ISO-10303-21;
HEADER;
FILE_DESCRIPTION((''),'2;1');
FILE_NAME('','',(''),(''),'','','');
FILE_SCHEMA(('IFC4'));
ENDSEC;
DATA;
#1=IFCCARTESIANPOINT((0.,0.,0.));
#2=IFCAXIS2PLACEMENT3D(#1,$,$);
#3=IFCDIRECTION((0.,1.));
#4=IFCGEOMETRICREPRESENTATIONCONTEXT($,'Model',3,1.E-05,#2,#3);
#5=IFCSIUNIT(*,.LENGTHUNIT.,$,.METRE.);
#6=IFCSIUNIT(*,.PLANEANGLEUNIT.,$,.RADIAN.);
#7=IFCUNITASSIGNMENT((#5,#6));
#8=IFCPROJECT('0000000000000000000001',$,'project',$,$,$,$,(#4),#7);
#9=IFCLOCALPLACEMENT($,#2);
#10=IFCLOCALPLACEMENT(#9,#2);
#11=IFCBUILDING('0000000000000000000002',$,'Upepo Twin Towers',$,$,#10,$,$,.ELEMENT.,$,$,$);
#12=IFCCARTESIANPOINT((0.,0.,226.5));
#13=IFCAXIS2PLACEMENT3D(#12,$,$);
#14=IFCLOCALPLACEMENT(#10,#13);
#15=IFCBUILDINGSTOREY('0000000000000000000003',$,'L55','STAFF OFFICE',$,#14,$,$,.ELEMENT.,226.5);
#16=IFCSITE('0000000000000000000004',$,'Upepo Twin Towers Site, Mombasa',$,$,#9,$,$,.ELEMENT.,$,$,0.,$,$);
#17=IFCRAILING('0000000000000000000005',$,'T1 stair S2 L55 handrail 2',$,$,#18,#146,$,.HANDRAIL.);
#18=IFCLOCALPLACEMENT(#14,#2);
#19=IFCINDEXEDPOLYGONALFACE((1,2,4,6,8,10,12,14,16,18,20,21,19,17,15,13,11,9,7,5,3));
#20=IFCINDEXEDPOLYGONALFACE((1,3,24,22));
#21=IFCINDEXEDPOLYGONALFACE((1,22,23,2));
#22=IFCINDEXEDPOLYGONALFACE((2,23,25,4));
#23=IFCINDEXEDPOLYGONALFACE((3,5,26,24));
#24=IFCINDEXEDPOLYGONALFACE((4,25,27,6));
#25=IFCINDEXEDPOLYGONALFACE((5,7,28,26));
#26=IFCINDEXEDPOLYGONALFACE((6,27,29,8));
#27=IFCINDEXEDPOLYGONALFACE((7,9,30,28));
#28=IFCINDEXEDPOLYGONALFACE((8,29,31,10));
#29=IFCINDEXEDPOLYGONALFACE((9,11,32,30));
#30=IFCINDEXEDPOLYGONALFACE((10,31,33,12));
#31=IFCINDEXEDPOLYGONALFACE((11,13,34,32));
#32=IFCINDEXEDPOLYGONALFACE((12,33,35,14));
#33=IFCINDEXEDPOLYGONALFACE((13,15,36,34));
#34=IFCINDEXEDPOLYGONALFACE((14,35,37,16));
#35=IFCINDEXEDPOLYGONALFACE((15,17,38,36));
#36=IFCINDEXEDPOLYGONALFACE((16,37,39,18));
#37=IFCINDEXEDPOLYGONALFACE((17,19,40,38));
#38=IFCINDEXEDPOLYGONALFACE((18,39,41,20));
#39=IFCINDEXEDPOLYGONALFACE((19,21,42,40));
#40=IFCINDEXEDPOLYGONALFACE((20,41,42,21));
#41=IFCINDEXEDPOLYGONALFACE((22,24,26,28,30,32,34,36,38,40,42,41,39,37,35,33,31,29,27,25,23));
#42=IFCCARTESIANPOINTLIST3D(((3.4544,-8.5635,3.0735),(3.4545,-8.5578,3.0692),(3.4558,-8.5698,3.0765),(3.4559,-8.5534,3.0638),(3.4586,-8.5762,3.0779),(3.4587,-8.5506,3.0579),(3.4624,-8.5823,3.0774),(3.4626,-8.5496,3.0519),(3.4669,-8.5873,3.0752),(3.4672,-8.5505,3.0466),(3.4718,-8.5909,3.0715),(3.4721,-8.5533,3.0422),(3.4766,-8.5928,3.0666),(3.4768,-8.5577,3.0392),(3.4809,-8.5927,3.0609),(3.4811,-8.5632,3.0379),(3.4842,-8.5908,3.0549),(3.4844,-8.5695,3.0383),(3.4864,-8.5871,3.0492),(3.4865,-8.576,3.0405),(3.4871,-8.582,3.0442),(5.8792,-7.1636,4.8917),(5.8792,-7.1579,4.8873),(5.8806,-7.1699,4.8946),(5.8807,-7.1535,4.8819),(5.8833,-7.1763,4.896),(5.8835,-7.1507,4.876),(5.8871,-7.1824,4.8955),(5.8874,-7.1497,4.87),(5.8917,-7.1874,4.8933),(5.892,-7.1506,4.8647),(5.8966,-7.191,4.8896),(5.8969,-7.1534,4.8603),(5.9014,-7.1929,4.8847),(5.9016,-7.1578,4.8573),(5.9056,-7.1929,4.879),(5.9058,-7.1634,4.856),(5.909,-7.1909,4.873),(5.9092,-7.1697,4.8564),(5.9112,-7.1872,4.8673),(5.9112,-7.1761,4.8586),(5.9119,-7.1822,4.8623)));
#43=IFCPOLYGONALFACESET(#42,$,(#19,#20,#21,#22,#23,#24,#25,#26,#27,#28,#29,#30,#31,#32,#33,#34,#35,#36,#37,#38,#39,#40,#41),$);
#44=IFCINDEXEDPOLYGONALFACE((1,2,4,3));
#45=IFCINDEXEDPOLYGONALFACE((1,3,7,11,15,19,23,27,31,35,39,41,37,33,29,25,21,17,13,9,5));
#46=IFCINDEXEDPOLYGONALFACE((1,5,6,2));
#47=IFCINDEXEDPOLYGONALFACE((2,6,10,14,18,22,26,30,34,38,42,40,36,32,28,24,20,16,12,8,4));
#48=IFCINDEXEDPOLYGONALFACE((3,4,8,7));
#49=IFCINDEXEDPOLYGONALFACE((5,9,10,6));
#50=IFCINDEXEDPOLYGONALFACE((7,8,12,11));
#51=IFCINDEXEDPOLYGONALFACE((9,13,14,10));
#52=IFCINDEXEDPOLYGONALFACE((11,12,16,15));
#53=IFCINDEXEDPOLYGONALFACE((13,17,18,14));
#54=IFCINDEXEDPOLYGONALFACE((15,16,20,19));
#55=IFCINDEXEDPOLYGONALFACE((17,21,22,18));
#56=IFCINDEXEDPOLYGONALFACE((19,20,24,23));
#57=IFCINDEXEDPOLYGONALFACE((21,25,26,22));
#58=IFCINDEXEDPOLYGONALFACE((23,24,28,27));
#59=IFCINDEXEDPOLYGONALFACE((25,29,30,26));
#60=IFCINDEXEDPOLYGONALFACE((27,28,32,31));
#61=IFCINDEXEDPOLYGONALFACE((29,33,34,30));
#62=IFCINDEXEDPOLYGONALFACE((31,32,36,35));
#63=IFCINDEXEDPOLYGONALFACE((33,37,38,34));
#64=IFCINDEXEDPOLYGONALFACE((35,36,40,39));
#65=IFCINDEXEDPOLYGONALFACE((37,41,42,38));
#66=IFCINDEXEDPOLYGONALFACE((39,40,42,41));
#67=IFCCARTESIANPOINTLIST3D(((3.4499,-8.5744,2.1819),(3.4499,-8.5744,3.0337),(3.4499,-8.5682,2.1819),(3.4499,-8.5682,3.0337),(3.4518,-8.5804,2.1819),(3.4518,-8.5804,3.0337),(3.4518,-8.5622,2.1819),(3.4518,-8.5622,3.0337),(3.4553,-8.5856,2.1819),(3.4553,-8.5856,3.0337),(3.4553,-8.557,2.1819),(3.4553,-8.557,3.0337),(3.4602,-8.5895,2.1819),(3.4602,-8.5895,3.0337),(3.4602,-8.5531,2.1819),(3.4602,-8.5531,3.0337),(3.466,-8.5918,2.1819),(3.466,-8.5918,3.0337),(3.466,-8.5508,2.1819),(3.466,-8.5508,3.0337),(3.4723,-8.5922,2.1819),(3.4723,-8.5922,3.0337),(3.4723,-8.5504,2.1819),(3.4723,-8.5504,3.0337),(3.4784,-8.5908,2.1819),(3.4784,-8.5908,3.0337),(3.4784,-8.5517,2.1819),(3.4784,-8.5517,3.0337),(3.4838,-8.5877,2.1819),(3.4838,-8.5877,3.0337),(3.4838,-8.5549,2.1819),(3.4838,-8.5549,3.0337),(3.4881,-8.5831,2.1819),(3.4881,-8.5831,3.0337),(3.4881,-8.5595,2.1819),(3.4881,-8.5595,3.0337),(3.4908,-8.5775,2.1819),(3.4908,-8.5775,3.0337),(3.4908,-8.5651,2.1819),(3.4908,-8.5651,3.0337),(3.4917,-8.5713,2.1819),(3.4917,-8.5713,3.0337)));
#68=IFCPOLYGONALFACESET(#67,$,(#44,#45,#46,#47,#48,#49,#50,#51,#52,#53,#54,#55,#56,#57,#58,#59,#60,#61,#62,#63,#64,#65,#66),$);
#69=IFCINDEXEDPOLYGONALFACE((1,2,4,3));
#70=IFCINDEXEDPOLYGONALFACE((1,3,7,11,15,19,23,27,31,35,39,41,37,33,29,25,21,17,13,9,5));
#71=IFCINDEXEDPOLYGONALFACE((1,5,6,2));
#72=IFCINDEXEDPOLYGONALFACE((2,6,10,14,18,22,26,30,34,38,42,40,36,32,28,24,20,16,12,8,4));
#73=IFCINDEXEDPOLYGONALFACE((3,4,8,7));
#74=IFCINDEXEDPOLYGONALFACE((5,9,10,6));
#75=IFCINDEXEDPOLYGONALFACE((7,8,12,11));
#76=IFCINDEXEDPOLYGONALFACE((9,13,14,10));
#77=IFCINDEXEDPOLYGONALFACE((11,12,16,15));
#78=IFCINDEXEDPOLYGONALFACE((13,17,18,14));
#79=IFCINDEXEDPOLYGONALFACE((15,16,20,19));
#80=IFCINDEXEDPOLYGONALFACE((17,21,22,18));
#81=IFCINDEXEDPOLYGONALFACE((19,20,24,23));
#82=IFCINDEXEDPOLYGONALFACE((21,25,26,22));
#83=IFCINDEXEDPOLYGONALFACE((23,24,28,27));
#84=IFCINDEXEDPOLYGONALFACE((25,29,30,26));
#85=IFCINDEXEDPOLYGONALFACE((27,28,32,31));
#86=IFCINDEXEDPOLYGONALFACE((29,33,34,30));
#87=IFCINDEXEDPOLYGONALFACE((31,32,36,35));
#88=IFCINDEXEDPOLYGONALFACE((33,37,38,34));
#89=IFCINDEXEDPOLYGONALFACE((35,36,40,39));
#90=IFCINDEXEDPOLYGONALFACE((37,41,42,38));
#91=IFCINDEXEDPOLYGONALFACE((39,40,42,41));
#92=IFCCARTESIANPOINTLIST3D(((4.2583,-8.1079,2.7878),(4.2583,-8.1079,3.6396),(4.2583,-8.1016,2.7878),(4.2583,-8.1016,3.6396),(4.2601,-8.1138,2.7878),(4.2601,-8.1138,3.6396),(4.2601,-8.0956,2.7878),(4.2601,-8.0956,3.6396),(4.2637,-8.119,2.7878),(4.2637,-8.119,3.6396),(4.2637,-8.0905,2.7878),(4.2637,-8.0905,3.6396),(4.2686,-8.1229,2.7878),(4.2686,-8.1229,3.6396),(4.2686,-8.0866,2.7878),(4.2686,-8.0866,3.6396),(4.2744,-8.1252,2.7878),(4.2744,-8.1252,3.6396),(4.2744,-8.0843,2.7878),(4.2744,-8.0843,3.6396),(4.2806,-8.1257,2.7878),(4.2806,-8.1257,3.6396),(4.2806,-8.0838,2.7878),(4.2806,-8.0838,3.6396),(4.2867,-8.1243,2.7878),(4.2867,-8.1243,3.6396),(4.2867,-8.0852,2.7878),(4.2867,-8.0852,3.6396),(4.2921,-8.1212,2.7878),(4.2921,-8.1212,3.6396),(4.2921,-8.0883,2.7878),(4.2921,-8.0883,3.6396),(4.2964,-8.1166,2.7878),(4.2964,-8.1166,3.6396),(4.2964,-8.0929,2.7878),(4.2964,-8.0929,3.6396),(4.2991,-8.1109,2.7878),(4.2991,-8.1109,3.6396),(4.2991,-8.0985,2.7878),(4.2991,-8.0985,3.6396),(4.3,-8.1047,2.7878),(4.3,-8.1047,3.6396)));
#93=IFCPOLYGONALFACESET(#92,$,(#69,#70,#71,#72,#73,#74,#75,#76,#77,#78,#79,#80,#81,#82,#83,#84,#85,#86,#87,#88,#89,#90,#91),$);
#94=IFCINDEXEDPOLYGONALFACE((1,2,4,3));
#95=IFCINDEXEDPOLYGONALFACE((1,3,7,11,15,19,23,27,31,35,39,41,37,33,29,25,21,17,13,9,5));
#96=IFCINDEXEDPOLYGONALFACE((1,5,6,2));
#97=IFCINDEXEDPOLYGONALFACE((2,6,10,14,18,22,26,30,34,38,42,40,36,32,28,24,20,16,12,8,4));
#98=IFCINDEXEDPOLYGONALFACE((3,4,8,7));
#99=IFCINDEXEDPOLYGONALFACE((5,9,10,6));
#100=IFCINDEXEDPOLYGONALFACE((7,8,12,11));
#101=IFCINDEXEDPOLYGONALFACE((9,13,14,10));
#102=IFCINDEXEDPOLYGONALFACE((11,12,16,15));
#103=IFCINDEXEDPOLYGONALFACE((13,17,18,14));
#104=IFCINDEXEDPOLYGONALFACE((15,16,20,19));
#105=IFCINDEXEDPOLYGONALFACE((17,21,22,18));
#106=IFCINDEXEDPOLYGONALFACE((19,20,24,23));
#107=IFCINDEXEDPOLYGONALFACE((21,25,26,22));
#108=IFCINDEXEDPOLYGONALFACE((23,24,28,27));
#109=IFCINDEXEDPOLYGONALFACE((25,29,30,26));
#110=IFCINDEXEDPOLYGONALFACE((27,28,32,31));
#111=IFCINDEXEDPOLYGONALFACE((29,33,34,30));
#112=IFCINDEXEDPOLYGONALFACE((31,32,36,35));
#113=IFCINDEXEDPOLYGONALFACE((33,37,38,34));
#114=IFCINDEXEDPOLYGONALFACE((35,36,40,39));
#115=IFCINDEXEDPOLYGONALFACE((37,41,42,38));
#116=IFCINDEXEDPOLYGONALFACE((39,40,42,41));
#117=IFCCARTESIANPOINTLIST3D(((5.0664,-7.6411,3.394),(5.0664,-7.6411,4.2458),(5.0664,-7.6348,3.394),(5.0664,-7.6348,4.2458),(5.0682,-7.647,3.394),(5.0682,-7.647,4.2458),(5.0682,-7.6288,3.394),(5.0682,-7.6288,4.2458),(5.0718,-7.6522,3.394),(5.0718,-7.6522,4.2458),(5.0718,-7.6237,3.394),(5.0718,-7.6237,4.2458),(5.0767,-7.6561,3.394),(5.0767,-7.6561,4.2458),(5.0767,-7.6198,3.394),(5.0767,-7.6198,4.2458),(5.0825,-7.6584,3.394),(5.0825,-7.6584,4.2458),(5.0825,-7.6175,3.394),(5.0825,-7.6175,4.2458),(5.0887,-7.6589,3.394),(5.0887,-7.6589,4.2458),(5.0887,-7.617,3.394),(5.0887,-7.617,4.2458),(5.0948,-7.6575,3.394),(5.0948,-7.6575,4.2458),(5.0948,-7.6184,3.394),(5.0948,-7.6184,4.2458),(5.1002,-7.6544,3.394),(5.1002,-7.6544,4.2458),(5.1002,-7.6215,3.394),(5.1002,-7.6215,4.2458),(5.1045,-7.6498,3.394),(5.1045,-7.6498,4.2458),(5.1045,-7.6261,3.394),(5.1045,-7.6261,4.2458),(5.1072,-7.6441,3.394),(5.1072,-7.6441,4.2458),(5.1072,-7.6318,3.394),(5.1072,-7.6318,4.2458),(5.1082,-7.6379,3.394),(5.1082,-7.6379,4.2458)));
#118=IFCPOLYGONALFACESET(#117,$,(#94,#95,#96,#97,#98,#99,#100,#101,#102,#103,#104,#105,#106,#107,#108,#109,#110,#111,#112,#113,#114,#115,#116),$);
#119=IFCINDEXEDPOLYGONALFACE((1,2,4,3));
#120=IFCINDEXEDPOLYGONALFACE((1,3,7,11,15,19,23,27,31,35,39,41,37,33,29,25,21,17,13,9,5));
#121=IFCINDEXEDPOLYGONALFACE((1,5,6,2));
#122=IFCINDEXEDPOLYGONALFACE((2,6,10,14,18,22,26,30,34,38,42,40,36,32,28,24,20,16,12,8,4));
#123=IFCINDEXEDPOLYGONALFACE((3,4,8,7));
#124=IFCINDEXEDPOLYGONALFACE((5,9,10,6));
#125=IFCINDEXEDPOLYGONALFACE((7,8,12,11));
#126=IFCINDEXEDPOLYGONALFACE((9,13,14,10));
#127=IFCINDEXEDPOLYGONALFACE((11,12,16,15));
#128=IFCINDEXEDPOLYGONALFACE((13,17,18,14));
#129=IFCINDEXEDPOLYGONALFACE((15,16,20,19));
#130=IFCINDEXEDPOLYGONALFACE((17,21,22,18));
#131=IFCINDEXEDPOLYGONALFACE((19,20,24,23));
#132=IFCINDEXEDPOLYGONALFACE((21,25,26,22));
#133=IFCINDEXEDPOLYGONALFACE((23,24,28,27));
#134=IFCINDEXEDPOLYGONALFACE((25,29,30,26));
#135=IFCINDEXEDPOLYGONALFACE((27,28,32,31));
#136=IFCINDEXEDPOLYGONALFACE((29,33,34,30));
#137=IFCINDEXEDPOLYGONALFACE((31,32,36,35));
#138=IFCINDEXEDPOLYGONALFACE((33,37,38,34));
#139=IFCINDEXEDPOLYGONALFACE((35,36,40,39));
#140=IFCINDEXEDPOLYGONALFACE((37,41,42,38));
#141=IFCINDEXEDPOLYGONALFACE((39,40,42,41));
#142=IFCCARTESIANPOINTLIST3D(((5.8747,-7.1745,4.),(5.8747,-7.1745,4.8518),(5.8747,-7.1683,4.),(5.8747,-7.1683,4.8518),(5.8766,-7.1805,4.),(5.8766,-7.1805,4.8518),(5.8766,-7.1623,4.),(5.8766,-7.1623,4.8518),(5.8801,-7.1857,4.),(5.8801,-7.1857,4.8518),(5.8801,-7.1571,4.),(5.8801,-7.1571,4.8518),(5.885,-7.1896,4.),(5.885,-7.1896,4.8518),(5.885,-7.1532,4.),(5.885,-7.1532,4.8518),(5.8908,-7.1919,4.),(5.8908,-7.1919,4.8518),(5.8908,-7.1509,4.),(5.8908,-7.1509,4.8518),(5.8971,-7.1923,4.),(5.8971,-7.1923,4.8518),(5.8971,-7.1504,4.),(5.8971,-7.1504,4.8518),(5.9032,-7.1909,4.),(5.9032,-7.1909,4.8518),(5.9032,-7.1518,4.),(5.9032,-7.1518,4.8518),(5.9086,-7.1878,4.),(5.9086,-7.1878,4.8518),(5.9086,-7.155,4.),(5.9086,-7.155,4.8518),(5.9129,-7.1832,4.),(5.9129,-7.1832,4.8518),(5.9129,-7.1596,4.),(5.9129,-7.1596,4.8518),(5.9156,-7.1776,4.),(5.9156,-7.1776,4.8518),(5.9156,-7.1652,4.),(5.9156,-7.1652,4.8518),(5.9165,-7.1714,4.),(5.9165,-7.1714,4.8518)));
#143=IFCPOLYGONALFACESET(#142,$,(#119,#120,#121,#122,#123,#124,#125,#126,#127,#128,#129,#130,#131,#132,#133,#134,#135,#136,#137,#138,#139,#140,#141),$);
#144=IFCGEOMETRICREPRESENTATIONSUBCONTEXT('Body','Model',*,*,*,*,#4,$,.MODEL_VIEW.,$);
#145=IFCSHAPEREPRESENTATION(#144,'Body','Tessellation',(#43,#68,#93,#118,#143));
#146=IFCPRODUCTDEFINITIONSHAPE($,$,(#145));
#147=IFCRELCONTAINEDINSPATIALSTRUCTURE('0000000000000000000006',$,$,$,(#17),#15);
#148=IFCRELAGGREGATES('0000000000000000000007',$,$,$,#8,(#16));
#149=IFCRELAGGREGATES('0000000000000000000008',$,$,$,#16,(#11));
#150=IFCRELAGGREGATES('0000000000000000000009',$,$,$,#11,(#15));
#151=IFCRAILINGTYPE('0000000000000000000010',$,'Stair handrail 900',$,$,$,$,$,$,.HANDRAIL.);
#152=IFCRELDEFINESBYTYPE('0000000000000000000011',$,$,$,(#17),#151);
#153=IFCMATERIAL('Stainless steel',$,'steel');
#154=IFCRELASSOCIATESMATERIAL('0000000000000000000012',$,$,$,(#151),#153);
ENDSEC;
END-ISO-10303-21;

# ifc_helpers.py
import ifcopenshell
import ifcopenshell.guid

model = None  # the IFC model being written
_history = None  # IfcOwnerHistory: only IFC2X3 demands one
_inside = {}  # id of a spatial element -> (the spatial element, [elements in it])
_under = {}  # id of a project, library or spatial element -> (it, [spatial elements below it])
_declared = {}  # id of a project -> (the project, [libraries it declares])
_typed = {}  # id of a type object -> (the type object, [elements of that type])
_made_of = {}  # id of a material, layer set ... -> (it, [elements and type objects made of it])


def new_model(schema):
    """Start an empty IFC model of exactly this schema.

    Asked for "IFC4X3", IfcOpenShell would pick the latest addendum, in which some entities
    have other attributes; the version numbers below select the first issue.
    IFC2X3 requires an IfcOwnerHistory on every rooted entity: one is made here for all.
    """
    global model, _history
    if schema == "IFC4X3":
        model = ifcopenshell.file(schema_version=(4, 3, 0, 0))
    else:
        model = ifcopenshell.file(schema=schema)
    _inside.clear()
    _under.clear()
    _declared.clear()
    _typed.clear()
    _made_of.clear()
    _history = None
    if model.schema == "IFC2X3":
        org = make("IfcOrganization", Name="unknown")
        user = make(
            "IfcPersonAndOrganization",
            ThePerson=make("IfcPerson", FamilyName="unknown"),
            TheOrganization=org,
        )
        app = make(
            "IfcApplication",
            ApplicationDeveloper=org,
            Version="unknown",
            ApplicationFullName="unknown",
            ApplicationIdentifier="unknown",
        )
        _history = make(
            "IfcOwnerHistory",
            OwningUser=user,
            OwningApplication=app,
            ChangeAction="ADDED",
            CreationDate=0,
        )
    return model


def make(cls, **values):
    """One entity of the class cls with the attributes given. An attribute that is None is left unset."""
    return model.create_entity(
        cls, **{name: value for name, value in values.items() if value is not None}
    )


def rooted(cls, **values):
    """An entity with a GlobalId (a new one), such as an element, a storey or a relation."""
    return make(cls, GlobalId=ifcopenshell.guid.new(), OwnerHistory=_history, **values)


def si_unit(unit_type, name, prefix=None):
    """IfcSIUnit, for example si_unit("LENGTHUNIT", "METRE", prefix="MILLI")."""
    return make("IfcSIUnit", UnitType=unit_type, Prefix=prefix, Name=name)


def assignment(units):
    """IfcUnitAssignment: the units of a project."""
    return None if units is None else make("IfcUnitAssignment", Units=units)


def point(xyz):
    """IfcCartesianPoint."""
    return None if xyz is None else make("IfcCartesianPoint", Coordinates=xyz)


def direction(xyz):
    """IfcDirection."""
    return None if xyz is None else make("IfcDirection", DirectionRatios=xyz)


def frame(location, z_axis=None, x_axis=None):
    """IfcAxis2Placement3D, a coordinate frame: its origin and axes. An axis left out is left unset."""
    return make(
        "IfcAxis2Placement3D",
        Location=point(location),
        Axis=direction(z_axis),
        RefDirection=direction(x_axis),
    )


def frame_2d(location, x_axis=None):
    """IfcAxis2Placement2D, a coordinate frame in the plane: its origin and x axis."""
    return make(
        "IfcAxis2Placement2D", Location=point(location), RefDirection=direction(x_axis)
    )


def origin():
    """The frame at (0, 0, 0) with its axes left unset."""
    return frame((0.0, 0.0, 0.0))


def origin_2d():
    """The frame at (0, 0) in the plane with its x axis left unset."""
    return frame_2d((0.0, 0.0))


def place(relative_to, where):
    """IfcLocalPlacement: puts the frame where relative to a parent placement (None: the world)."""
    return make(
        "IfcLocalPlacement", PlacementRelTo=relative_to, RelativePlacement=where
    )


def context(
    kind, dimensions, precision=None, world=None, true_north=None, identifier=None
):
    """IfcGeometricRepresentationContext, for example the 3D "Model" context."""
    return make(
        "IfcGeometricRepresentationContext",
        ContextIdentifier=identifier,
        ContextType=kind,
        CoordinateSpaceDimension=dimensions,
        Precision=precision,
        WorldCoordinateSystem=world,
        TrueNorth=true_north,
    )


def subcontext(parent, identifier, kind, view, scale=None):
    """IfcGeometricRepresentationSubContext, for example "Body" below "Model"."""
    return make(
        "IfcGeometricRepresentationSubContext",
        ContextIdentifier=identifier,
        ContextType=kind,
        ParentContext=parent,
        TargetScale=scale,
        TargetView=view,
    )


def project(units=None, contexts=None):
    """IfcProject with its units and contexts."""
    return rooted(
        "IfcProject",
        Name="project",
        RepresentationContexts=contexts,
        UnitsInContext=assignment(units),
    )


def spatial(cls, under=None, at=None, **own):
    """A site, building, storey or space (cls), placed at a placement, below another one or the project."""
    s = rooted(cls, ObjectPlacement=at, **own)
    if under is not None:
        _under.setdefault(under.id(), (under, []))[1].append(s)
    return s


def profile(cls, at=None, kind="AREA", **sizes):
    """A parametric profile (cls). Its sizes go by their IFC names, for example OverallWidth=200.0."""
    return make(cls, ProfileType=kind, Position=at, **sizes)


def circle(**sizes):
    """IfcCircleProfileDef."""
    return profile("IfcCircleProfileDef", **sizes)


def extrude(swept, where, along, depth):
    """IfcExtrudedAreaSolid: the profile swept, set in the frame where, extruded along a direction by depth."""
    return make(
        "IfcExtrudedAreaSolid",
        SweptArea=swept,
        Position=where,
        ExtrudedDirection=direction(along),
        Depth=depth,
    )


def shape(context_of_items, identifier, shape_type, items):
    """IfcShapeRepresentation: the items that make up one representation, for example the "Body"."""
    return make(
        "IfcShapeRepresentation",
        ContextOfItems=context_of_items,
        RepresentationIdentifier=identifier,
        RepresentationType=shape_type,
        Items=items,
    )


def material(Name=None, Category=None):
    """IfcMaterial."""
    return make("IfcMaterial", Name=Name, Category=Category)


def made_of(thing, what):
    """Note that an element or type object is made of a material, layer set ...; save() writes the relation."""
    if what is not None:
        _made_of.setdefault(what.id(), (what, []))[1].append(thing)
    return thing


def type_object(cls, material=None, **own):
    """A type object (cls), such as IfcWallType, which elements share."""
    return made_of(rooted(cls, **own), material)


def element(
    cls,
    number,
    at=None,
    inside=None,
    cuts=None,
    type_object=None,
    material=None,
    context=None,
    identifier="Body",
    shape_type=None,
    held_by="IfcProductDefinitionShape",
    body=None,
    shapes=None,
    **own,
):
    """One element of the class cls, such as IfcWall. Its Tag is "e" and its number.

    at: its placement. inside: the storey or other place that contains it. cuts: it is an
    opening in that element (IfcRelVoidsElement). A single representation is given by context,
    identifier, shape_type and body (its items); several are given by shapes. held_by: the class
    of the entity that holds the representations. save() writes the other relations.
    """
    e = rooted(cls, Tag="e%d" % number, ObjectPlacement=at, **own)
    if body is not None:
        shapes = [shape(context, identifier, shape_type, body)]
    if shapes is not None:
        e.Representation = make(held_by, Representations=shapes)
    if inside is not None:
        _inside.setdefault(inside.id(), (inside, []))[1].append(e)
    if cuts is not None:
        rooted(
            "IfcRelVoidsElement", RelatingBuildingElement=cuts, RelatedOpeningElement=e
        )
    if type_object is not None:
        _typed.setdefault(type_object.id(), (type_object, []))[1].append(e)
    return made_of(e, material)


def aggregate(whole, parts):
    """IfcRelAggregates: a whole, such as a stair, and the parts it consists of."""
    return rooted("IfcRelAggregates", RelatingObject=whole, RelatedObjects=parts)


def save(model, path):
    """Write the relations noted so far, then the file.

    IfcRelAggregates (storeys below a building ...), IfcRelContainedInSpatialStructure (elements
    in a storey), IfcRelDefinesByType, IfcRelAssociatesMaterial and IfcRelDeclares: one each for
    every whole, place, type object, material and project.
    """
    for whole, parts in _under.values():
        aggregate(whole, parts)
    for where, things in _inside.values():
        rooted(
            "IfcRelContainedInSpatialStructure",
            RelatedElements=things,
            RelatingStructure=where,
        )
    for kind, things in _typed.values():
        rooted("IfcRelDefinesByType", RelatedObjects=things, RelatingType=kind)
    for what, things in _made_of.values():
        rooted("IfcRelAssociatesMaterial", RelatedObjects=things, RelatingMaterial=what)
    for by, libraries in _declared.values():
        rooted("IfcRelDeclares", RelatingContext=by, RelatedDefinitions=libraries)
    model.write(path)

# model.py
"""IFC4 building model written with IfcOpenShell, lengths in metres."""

from ifc_helpers import new_model, si_unit, direction, frame, origin, origin_2d, place, context, subcontext, project, spatial, circle, extrude, material, type_object, element, save


model = new_model("IFC4")

# Units and contexts
model_context = context("Model", 3, precision=1e-05, world=origin(), true_north=direction((0.0, 1.0)))
body_context = subcontext(model_context, "Body", "Model", "MODEL_VIEW")
ifc_project = project(units=[si_unit("LENGTHUNIT", "METRE"), si_unit("PLANEANGLEUNIT", "RADIAN")], contexts=[model_context])

# Site, building, storey
site_placement = place(None, origin())
site = spatial("IfcSite", under=ifc_project, at=site_placement, Name="Upepo Twin Towers Site, Mombasa", CompositionType="ELEMENT", RefElevation=0.0)
building_placement = place(site_placement, origin())
building = spatial("IfcBuilding", under=site, at=building_placement, Name="Upepo Twin Towers", CompositionType="ELEMENT")
storey_placement = place(building_placement, frame((0.0, 0.0, 226.5)))
storey = spatial("IfcBuildingStorey", under=building, at=storey_placement, Name="L55", Description="STAFF OFFICE", CompositionType="ELEMENT", Elevation=226.5)

# Railing
ifc_material_1 = material(Name="Stainless steel", Category="steel")
railing_type = type_object("IfcRailingType", Name="Stair handrail 900", PredefinedType="HANDRAIL", material=ifc_material_1)
railing_1_placement = place(storey_placement, frame((3.4707, -8.5713, 2.1819)))
element("IfcRailing", 1, at=railing_1_placement, inside=storey, type_object=railing_type, Name="T1 stair S2 L55 handrail 2", PredefinedType="HANDRAIL", context=body_context, shape_type="SweptSolid", body=[
    extrude(circle(Radius=0.0239, at=origin_2d()), frame((0.0, 0.0, 0.876), z_axis=(0.726336, 0.419333, 0.544606), x_axis=(-0.499984, 0.866035, 0.0)), (0.0, 0.0, 1.0), 3.3384),
    extrude(circle(Radius=0.021, at=origin_2d()), origin(), (0.0, 0.0, 1.0), 0.8518),
    extrude(circle(Radius=0.021, at=origin_2d()), frame((0.8083, 0.4666, 0.606)), (0.0, 0.0, 1.0), 0.8518),
    extrude(circle(Radius=0.021, at=origin_2d()), frame((1.6165, 0.9333, 1.2122)), (0.0, 0.0, 1.0), 0.8518),
    extrude(circle(Radius=0.021, at=origin_2d()), frame((2.4248, 1.3999, 1.8181)), (0.0, 0.0, 1.0), 0.8518),
])

save(model, "model.ifc")
